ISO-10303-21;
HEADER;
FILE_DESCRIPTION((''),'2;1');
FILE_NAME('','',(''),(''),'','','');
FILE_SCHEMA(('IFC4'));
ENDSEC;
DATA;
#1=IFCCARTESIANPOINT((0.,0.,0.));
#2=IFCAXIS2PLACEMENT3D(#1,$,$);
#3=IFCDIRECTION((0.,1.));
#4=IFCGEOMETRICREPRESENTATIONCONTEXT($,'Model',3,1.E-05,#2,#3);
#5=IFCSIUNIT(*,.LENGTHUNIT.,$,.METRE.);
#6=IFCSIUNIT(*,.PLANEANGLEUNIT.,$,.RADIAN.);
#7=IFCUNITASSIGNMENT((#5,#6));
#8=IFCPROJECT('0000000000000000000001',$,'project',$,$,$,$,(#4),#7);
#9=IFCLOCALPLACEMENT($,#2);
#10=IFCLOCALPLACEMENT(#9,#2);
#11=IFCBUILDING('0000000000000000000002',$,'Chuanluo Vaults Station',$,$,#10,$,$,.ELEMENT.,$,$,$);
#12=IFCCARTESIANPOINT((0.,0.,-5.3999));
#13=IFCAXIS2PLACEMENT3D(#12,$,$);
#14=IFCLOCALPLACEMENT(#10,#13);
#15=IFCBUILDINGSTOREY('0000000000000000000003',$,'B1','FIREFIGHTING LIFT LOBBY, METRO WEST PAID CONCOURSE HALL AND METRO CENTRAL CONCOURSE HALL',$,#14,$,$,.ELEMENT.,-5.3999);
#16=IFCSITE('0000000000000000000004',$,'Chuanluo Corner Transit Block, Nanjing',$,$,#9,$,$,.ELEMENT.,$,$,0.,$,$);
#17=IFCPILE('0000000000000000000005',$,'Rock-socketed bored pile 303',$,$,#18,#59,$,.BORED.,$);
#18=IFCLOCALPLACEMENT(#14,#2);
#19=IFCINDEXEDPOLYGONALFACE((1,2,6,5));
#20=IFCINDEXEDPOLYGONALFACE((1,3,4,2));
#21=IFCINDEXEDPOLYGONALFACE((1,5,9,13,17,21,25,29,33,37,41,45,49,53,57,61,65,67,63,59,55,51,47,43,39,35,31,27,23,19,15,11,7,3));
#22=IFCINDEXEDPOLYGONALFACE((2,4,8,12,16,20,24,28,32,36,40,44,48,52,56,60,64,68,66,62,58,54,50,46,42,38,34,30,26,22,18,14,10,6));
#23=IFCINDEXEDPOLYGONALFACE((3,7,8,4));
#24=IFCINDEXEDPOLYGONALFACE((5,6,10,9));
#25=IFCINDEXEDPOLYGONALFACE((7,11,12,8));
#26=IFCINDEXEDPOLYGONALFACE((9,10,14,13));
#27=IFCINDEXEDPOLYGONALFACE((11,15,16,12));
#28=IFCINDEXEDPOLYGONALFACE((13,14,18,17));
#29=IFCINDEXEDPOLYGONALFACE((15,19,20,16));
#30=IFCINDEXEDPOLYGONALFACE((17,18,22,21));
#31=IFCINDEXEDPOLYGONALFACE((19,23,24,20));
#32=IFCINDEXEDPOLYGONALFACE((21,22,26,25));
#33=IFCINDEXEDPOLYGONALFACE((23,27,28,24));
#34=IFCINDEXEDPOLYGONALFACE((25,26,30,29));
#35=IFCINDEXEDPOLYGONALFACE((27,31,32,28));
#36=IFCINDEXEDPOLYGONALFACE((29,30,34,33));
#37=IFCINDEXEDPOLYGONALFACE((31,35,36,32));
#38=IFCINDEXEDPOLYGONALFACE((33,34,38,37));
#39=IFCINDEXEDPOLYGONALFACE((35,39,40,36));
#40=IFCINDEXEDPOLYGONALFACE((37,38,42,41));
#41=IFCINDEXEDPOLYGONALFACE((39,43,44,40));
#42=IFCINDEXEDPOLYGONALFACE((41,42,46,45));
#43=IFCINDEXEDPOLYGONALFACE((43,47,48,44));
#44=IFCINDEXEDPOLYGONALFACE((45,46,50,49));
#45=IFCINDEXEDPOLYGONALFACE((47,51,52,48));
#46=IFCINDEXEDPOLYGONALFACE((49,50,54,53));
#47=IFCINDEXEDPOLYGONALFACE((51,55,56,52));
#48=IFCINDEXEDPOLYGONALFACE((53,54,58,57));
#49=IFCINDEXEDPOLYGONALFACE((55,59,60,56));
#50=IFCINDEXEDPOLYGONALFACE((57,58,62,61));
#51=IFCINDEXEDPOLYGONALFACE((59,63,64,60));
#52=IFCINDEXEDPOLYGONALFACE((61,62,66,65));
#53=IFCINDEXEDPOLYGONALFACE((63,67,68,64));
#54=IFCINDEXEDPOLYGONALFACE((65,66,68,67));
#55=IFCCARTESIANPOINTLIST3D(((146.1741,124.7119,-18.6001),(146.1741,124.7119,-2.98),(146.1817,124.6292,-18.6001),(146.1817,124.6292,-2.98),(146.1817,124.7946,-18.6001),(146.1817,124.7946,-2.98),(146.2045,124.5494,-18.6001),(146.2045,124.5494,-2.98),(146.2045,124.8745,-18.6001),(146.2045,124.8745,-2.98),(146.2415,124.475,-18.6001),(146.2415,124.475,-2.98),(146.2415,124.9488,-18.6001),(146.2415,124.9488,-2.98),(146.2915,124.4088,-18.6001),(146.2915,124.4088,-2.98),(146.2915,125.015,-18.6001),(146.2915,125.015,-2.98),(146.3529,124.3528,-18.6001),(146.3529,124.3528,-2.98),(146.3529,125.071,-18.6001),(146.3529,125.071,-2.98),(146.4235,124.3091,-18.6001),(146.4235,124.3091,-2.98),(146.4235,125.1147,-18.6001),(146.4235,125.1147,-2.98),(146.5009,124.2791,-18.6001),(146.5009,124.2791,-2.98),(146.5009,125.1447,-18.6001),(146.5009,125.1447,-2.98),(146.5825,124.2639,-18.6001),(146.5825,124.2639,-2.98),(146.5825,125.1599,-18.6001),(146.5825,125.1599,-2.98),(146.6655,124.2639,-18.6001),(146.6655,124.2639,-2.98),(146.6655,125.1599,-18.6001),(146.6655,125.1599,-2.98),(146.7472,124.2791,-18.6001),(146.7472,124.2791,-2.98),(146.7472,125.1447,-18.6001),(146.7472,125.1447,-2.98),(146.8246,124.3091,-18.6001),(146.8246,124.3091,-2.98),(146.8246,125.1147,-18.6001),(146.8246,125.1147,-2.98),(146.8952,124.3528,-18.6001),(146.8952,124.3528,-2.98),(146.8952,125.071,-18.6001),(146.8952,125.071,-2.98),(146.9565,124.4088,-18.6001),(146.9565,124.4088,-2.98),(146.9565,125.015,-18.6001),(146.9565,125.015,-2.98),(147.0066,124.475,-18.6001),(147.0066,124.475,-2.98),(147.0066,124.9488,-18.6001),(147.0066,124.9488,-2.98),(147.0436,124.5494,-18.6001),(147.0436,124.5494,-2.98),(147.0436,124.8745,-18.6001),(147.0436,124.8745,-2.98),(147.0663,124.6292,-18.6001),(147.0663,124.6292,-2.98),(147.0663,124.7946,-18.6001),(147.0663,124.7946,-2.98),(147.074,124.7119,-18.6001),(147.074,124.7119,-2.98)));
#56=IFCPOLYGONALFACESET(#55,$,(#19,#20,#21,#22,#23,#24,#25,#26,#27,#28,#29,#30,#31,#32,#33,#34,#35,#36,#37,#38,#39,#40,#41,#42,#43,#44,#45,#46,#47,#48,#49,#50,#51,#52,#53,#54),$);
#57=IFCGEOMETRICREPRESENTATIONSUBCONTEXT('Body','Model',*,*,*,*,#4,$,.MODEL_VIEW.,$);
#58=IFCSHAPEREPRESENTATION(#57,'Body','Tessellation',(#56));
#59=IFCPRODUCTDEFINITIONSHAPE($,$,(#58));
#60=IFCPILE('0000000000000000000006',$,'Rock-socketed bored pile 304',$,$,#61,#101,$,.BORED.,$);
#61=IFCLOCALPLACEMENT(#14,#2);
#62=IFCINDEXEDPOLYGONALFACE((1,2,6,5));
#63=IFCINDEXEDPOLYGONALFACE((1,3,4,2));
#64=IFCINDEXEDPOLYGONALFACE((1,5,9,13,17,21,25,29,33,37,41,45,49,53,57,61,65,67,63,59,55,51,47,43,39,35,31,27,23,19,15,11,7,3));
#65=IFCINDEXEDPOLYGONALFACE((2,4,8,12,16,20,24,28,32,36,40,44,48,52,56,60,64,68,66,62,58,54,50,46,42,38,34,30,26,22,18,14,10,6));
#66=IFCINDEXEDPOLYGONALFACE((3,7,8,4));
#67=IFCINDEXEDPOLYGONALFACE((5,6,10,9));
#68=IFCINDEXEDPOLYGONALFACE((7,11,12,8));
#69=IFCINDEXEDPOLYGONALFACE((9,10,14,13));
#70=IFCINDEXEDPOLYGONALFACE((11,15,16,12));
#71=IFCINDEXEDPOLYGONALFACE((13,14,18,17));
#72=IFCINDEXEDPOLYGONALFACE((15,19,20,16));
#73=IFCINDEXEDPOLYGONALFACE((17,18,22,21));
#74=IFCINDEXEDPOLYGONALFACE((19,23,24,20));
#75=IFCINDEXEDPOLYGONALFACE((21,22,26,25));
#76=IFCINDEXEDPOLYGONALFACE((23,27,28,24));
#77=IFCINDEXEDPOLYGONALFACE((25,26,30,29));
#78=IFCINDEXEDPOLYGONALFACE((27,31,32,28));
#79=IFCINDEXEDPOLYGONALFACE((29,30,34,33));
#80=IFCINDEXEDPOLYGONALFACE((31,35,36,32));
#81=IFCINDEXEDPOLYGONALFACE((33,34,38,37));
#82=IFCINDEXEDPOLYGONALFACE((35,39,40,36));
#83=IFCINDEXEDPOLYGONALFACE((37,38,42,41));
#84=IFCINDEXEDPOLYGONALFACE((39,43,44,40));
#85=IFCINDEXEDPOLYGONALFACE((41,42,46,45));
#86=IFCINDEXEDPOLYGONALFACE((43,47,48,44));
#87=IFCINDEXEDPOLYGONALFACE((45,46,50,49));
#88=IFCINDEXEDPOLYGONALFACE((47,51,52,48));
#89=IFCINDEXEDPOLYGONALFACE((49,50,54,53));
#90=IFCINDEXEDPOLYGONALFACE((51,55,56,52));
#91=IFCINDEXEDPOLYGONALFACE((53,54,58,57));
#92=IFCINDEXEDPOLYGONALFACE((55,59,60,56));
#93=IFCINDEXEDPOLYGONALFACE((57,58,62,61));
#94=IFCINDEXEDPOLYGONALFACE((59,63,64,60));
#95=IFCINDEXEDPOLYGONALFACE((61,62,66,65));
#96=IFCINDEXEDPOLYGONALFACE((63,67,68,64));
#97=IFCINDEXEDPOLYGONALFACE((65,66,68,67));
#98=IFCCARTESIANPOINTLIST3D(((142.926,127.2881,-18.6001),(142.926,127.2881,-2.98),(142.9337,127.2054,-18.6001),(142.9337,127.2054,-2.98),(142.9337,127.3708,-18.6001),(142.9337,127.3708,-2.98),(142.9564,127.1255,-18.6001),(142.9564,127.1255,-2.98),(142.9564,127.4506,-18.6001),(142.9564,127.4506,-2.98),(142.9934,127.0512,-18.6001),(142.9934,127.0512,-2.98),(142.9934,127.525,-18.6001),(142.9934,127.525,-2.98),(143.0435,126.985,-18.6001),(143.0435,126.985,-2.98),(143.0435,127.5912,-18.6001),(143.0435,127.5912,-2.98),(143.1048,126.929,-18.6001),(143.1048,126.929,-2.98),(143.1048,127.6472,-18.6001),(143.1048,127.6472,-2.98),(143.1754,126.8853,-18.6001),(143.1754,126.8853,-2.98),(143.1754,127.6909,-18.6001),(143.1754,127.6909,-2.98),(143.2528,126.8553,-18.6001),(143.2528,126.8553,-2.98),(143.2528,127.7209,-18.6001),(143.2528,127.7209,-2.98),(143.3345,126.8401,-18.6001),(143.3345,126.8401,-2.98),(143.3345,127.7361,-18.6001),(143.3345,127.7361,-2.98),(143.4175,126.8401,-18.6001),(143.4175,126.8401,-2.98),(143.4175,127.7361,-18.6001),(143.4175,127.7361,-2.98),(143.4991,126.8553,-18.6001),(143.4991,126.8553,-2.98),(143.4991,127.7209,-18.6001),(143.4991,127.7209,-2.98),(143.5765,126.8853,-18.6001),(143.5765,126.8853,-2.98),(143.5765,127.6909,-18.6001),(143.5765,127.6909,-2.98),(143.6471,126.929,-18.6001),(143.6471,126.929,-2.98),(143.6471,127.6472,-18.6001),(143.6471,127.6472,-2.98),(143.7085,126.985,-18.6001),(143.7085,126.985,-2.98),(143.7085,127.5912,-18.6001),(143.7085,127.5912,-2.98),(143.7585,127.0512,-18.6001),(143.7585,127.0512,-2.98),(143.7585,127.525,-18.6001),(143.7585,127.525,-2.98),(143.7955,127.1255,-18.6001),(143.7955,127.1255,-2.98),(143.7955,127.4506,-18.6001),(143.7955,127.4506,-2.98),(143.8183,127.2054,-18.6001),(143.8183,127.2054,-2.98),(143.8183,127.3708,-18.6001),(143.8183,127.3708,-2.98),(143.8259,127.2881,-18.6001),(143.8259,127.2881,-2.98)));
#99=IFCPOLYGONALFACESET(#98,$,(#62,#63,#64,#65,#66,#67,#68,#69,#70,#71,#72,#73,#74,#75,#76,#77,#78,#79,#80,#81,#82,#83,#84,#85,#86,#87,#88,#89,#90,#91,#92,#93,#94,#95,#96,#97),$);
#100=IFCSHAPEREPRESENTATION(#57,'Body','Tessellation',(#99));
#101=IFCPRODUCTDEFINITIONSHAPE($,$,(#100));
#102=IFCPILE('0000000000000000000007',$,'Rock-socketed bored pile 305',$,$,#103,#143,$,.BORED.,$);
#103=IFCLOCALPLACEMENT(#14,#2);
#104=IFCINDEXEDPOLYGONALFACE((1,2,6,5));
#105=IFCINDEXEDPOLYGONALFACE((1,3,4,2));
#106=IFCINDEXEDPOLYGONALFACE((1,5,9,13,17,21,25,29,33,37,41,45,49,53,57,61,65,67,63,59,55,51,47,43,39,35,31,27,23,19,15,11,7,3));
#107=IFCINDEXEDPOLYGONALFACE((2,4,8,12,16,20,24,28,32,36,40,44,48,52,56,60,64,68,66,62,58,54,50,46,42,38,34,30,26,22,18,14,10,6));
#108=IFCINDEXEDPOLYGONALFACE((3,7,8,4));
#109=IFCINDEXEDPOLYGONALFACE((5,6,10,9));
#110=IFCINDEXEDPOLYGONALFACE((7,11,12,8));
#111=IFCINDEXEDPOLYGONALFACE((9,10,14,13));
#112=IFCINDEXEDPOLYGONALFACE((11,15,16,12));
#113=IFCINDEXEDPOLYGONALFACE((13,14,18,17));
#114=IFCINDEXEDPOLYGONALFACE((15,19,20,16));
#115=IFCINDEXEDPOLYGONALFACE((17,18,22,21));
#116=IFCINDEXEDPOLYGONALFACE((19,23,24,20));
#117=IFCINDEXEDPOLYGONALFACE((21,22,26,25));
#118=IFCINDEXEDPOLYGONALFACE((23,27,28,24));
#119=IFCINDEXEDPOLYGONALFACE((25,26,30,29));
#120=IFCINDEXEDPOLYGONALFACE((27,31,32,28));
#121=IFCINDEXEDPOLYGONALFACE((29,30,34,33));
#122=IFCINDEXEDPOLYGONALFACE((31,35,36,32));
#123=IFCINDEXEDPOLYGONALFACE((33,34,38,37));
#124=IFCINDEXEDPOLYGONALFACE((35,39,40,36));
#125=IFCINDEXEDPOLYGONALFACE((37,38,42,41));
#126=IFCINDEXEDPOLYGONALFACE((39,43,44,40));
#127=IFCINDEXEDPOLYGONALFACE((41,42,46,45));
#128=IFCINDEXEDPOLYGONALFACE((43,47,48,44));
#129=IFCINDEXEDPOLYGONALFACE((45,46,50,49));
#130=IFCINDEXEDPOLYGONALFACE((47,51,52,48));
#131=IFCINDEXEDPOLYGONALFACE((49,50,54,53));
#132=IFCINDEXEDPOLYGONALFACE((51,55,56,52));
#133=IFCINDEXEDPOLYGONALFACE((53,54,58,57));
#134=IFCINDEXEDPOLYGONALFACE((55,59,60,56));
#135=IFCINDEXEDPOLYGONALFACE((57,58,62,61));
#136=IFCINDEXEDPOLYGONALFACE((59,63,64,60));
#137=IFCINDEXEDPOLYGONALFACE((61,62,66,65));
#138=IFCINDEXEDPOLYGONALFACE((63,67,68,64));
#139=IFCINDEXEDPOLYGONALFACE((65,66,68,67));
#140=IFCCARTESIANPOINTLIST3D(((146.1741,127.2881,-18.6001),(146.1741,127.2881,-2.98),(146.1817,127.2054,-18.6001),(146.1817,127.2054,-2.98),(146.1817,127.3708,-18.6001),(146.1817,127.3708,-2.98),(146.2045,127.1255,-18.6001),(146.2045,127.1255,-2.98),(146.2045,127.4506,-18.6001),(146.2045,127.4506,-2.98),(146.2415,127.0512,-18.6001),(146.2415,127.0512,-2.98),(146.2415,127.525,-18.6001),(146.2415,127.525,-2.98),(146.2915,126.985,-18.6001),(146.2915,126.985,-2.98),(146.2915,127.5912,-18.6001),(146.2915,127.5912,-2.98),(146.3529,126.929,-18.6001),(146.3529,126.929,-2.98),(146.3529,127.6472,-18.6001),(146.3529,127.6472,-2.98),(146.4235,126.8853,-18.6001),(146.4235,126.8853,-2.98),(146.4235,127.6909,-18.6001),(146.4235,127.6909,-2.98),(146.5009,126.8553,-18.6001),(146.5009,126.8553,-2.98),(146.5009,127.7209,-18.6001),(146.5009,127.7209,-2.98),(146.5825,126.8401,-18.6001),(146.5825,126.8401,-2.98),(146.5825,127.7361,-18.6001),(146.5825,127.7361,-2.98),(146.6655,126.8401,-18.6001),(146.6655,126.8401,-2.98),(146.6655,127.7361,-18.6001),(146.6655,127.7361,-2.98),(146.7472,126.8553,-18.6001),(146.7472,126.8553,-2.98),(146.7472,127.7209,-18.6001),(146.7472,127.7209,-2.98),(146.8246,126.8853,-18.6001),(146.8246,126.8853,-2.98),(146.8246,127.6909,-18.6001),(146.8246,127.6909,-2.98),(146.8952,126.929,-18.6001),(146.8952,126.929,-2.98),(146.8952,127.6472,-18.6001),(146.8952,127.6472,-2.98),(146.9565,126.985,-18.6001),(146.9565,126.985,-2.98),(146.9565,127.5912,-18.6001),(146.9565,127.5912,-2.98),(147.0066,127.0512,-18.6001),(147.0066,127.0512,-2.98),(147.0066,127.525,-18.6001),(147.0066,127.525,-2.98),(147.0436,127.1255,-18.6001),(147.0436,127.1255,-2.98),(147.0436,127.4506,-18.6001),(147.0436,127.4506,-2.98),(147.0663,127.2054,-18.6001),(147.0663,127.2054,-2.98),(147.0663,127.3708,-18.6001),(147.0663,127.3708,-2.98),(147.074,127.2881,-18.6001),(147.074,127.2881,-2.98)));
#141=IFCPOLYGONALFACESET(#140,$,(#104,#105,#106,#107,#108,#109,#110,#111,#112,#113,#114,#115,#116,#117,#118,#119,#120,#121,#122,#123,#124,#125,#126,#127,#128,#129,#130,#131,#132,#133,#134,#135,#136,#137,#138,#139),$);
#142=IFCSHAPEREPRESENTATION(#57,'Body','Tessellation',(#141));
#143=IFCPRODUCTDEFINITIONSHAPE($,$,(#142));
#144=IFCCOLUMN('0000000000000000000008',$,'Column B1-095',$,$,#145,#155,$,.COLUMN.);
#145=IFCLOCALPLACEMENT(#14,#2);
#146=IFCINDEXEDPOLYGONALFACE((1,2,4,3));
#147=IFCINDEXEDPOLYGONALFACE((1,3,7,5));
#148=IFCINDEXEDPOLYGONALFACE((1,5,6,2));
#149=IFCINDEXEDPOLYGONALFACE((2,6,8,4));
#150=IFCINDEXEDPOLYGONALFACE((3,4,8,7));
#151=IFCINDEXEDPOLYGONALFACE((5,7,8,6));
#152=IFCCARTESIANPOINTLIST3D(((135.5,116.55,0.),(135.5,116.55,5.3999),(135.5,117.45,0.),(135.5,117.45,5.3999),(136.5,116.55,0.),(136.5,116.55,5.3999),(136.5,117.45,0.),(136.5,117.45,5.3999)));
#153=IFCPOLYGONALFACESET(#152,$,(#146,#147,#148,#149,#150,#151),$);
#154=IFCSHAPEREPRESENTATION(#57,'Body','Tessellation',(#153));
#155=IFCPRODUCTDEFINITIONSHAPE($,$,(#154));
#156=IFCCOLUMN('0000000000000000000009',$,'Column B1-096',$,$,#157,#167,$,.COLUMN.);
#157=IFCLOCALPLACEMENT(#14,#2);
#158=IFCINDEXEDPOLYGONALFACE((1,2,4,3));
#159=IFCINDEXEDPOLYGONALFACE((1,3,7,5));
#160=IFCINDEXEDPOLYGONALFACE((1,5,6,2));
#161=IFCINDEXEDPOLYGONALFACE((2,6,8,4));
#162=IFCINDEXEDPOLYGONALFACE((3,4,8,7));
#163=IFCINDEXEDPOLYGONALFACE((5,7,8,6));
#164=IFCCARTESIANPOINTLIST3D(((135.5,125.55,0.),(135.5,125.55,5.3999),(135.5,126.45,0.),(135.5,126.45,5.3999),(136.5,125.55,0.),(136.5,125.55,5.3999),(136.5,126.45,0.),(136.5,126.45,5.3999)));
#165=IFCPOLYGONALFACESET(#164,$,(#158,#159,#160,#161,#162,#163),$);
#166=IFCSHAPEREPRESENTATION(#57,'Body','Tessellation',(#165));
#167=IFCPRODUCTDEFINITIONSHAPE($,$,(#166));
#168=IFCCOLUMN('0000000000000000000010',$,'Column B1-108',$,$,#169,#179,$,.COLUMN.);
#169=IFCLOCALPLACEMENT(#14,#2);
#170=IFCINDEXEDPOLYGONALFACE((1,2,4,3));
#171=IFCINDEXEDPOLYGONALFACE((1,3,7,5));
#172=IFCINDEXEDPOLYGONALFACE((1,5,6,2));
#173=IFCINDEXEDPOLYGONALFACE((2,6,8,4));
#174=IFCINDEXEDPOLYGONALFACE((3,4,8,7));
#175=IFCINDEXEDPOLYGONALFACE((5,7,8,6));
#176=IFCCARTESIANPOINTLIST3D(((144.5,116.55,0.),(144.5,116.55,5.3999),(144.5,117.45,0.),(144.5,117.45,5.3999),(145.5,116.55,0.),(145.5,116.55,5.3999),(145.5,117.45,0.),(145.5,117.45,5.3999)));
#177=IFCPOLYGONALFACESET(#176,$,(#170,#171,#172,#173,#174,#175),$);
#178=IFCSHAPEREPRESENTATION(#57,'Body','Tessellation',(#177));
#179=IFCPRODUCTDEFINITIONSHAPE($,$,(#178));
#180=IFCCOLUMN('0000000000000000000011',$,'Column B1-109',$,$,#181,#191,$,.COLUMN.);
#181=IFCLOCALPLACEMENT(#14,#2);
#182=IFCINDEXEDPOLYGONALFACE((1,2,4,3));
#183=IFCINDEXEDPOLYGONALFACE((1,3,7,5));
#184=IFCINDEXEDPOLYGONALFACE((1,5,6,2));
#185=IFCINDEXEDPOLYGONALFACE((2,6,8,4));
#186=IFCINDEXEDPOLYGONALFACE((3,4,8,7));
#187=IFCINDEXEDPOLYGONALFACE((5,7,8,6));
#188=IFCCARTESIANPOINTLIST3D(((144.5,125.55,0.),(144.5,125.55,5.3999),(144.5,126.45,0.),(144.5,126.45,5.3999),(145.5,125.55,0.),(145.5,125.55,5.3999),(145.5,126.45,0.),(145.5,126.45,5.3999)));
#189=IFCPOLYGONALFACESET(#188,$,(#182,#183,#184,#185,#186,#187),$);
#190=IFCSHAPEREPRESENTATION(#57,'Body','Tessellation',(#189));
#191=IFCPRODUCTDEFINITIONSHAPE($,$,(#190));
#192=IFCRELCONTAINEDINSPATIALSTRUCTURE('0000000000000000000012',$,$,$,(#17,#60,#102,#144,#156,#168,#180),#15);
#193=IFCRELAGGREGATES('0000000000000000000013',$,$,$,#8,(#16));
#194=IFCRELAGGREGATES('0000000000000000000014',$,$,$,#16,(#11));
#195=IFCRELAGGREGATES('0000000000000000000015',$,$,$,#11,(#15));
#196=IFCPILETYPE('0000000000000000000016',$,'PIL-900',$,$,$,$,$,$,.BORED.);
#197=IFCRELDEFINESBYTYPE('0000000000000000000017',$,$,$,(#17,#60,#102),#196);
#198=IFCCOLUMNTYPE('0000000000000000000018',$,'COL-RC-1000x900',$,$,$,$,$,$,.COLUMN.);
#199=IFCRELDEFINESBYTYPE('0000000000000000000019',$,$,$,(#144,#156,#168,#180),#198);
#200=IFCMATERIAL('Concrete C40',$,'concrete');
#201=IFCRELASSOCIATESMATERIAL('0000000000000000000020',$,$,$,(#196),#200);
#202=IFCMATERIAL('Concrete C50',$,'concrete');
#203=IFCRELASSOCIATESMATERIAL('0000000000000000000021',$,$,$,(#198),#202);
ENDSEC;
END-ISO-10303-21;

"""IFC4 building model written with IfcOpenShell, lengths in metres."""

from ifc_helpers import new_model, si_unit, direction, frame, origin, origin_2d, place, context, subcontext, project, spatial, rectangle, circle, extrude, material, material_profile, profile_set, type_object, element, save


model = new_model("IFC4")

# Units and contexts
model_context = context("Model", 3, precision=1e-05, world=origin(), true_north=direction((0.0, 1.0)))
body_context = subcontext(model_context, "Body", "Model", "MODEL_VIEW")
ifc_project = project(units=[si_unit("LENGTHUNIT", "METRE"), si_unit("PLANEANGLEUNIT", "RADIAN")], contexts=[model_context])

# Site, building, storey
site_placement = place(None, origin())
site = spatial("IfcSite", under=ifc_project, at=site_placement, Name="Chuanluo Corner Transit Block, Nanjing", CompositionType="ELEMENT", RefElevation=0.0)
building_placement = place(site_placement, origin())
building = spatial("IfcBuilding", under=site, at=building_placement, Name="Chuanluo Vaults Station", CompositionType="ELEMENT")
storey_placement = place(building_placement, frame((0.0, 0.0, -5.3999)))
storey = spatial("IfcBuildingStorey", under=building, at=storey_placement, Name="B1", Description="FIREFIGHTING LIFT LOBBY, METRO WEST PAID CONCOURSE HALL AND METRO CENTRAL CONCOURSE HALL", CompositionType="ELEMENT", Elevation=-5.3999)

# Piles
ifc_material_1 = material(Name="Concrete C40", Category="concrete")
ifc_material_profile_1 = material_profile(ifc_material_1, circle(Radius=0.45, at=origin_2d()))
ifc_profile_set_1 = profile_set([ifc_material_profile_1], Name="Concrete C40")
pile_type_1 = type_object("IfcPileType", Name="PIL-900", PredefinedType="BORED", material=ifc_profile_set_1)
for number, where, z_axis, x_axis, name in (
    (1, (146.624, 124.7119, -2.98), (0.0, 0.0, -1.0), (1.0, 0.0, 0.0), "Rock-socketed bored pile 303"),
    (2, (143.376, 127.2881, -2.98), (0.0, 0.0, -1.0), (1.0, 0.0, 0.0), "Rock-socketed bored pile 304"),
    (3, (146.624, 127.2881, -2.98), (0.0, 0.0, -1.0), (1.0, 0.0, 0.0), "Rock-socketed bored pile 305"),
):
    element("IfcPile", number, at=place(storey_placement, frame(where, z_axis=z_axis, x_axis=x_axis)), inside=storey, type_object=pile_type_1, Name=name, PredefinedType="BORED", context=body_context, shape_type="SweptSolid", body=[
        extrude(circle(Radius=0.45, at=origin_2d()), origin(), (0.0, 0.0, 1.0), 15.6201),
    ])

# Columns
ifc_material_2 = material(Name="Concrete C50", Category="concrete")
ifc_material_profile_2 = material_profile(ifc_material_2, rectangle(XDim=1.0, YDim=0.8999, at=origin_2d()))
ifc_profile_set_2 = profile_set([ifc_material_profile_2], Name="Concrete C50")
column_type = type_object("IfcColumnType", Name="COL-RC-1000x900", PredefinedType="COLUMN", material=ifc_profile_set_2)
for number, where, z_axis, x_axis, name in (
    (4, (136.0, 117.0, 0.0), (0.0, 0.0, 1.0), (1.0, 0.0, 0.0), "Column B1-095"),
    (5, (136.0, 126.0, 0.0), (0.0, 0.0, 1.0), (1.0, 0.0, 0.0), "Column B1-096"),
    (6, (145.0, 117.0, 0.0), (0.0, 0.0, 1.0), (1.0, 0.0, 0.0), "Column B1-108"),
    (7, (145.0, 126.0, 0.0), (0.0, 0.0, 1.0), (1.0, 0.0, 0.0), "Column B1-109"),
):
    element("IfcColumn", number, at=place(storey_placement, frame(where, z_axis=z_axis, x_axis=x_axis)), inside=storey, type_object=column_type, Name=name, PredefinedType="COLUMN", context=body_context, shape_type="SweptSolid", body=[
        extrude(rectangle(XDim=1.0, YDim=0.8999, at=origin_2d()), origin(), (0.0, 0.0, 1.0), 5.3999),
    ])

save(model, "model.ifc")
